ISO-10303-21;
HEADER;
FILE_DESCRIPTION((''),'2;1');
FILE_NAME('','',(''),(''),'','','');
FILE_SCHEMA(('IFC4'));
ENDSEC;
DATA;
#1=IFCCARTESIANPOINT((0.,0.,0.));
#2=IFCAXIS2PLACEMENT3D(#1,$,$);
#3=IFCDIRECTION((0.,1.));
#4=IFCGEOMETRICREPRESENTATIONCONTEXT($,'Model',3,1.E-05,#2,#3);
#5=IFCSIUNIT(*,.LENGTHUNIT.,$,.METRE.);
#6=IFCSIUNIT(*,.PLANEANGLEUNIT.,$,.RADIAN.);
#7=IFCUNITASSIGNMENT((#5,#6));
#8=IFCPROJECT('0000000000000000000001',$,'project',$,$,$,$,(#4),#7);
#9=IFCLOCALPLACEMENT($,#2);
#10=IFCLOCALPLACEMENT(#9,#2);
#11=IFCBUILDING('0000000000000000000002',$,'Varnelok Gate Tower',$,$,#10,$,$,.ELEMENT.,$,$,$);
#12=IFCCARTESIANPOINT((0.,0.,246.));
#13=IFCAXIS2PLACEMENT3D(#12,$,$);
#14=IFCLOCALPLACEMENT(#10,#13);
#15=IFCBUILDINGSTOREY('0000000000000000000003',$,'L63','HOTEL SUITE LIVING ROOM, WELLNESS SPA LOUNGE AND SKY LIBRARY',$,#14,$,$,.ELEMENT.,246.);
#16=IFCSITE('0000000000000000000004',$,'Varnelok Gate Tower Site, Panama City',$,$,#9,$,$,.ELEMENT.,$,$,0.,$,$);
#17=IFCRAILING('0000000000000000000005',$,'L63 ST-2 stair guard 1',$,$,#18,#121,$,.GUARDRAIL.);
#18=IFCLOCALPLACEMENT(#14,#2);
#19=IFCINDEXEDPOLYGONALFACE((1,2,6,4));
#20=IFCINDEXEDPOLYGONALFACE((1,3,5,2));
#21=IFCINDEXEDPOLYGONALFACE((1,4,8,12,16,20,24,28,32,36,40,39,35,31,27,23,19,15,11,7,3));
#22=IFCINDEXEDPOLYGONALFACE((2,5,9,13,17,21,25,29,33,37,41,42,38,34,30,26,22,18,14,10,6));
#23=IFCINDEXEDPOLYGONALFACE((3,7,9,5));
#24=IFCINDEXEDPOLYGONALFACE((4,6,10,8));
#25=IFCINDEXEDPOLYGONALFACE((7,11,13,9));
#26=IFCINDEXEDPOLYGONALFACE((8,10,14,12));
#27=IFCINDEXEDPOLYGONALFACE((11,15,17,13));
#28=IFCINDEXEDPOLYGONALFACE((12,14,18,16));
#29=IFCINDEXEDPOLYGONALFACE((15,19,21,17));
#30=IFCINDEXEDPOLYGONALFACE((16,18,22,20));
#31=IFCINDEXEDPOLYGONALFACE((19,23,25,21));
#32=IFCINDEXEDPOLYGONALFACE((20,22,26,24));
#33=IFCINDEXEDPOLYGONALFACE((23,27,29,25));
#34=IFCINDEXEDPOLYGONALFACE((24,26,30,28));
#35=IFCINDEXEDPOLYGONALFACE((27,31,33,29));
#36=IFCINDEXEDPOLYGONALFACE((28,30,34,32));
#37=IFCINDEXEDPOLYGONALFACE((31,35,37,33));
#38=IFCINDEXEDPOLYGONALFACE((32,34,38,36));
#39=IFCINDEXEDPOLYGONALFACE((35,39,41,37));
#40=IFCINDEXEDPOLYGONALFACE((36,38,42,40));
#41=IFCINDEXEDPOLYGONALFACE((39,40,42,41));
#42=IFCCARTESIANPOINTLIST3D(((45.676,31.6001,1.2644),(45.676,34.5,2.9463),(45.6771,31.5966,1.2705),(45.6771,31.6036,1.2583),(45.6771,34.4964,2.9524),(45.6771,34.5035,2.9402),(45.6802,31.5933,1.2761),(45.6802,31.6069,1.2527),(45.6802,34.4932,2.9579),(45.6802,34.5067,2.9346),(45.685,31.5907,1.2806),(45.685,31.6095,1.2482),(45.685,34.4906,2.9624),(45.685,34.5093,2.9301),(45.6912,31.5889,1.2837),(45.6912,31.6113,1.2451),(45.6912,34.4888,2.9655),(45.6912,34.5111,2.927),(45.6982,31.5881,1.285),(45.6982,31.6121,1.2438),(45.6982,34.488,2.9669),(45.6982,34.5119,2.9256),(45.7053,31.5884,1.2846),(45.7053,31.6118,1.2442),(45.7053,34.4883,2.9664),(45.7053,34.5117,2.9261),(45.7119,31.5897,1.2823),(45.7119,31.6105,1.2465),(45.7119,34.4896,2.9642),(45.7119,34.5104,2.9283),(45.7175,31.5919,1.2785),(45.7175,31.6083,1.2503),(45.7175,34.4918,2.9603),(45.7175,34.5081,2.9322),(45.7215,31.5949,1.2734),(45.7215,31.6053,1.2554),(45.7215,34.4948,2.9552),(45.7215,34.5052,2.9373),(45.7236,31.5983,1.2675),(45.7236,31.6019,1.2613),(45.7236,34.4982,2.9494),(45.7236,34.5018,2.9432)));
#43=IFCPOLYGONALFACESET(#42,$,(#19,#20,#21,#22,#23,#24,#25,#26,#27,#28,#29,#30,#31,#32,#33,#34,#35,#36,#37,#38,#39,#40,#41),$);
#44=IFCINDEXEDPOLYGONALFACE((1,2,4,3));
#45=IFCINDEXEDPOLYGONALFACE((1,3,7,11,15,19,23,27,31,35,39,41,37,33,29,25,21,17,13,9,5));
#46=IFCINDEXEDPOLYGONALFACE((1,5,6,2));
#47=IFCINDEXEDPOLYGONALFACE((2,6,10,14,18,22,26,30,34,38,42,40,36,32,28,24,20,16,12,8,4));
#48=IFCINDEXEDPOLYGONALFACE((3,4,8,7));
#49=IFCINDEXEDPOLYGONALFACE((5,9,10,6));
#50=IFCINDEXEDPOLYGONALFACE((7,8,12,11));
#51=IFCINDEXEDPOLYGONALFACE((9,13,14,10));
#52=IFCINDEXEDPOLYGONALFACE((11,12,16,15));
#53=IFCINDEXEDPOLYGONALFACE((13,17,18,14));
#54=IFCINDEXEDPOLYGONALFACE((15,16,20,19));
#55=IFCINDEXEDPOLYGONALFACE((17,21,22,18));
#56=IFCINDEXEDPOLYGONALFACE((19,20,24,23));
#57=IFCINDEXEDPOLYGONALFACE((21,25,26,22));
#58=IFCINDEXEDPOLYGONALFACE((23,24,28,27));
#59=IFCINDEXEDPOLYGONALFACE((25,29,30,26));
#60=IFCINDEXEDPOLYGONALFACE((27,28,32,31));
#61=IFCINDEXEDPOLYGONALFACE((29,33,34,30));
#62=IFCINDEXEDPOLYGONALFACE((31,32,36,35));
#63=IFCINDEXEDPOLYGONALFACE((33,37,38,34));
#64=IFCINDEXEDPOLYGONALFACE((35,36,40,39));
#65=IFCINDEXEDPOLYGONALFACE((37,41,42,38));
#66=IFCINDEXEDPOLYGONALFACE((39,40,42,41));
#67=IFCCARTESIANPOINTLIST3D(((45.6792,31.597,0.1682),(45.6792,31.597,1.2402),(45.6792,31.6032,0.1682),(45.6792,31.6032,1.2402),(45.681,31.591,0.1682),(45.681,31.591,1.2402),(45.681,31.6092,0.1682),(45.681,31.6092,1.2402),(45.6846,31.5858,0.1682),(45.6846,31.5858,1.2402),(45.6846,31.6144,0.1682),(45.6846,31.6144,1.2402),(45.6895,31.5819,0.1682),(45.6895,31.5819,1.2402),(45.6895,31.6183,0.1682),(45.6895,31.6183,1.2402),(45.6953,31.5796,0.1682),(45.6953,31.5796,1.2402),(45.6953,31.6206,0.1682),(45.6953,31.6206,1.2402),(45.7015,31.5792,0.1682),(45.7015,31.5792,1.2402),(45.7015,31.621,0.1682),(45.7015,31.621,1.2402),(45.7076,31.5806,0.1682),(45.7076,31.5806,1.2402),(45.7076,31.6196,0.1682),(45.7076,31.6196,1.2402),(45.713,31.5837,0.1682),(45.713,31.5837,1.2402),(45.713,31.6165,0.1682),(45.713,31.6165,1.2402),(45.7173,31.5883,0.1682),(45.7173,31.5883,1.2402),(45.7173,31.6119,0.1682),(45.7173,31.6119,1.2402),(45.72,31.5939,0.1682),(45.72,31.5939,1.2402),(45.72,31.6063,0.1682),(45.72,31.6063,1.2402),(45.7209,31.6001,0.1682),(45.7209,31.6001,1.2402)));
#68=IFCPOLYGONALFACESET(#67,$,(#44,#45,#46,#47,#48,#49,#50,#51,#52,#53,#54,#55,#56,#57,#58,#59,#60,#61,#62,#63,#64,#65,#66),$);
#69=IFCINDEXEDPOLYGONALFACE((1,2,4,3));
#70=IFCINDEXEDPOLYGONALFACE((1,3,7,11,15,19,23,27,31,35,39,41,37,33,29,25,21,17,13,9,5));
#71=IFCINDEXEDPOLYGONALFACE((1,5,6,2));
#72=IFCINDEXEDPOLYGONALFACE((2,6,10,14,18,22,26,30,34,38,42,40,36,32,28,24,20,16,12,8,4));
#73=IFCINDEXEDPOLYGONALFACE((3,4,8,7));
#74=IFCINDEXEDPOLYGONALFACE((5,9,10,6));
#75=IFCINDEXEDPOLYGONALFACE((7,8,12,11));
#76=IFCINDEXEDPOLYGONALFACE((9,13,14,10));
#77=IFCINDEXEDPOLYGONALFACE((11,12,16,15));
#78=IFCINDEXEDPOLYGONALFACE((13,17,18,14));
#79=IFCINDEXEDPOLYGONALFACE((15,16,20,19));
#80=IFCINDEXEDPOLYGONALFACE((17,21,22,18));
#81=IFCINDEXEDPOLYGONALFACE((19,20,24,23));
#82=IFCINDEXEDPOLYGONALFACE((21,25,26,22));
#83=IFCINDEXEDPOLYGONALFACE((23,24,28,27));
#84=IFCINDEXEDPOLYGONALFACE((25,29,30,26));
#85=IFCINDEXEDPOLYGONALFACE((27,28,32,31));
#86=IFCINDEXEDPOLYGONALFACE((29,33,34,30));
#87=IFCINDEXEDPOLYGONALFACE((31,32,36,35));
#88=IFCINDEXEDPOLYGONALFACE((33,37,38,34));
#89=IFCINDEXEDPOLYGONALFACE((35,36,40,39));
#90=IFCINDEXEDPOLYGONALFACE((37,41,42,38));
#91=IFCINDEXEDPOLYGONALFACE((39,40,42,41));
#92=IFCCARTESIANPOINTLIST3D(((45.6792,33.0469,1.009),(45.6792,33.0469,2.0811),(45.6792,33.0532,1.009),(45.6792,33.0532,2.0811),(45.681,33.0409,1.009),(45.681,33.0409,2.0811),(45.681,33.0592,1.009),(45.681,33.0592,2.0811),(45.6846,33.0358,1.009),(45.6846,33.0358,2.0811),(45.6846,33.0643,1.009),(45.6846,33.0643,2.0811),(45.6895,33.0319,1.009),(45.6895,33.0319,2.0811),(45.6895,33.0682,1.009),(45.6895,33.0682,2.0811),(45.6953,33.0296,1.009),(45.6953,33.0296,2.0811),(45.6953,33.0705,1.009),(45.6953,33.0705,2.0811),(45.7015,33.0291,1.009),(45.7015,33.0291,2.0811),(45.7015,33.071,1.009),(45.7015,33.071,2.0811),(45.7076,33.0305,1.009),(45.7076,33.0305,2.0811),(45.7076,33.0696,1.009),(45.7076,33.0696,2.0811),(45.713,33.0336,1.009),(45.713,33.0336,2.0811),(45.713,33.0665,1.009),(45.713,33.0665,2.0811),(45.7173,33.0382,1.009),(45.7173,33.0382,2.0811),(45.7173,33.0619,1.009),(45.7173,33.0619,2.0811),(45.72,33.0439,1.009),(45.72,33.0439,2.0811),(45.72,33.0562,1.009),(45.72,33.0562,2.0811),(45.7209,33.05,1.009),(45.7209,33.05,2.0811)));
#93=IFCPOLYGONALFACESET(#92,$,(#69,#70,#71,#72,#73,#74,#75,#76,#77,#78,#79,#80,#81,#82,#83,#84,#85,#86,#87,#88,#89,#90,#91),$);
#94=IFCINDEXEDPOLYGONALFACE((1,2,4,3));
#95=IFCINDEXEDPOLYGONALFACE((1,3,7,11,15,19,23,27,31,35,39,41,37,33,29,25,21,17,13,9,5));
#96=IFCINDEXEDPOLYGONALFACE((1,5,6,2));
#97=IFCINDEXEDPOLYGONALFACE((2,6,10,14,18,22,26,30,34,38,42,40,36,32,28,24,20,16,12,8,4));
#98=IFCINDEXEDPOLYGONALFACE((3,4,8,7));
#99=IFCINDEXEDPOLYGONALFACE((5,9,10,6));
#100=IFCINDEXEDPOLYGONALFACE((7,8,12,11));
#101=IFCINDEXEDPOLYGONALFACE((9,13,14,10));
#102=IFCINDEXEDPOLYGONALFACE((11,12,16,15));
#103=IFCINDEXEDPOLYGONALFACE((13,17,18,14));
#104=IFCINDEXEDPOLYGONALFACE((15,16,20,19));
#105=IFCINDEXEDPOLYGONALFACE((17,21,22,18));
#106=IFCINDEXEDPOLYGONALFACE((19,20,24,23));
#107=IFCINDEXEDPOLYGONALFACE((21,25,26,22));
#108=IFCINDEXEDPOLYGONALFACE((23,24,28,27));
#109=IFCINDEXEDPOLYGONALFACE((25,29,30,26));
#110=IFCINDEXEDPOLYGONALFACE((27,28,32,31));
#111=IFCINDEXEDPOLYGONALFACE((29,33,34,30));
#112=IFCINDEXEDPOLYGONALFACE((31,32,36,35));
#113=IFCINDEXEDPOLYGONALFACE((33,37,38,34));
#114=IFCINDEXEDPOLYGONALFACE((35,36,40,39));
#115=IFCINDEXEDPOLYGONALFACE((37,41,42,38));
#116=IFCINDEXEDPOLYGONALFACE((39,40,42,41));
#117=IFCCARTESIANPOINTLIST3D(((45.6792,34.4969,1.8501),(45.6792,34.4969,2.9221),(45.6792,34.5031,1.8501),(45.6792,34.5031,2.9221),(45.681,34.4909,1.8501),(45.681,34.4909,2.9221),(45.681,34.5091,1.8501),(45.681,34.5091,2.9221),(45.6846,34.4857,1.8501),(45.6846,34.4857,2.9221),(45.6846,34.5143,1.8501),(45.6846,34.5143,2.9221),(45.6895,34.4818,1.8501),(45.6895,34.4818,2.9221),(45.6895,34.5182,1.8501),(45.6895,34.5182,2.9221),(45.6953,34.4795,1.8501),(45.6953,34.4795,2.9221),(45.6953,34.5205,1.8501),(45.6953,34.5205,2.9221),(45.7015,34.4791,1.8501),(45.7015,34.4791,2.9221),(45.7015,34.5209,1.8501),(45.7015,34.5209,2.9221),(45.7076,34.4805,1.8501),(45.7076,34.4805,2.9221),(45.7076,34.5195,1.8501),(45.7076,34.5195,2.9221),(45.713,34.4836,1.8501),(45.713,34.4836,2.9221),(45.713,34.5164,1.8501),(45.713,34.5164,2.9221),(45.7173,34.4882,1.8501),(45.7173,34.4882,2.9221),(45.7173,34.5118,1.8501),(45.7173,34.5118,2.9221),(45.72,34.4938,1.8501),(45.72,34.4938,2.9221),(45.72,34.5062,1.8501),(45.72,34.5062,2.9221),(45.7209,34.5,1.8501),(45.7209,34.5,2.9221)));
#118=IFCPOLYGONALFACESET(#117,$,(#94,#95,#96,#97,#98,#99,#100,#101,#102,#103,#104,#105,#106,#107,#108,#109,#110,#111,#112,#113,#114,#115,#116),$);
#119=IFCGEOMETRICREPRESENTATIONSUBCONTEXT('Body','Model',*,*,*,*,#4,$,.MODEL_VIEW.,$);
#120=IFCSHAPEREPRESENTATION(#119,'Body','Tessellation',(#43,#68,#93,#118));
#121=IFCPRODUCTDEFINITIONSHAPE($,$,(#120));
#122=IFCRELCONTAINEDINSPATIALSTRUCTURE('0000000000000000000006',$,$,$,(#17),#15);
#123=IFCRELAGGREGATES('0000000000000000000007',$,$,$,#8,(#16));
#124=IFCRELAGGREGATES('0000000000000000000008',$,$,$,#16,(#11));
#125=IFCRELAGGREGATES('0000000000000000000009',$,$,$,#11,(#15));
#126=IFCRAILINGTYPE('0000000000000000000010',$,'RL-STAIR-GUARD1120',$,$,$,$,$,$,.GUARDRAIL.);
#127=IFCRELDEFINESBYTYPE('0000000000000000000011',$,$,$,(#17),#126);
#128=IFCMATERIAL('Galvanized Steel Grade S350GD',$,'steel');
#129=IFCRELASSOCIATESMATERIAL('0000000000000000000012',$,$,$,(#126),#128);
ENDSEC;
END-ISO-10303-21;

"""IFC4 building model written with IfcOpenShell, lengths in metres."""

from ifc_helpers import new_model, si_unit, direction, frame, origin, origin_2d, place, context, subcontext, project, spatial, circle, extrude, material, type_object, element, save


model = new_model("IFC4")

# Units and contexts
model_context = context("Model", 3, precision=1e-05, world=origin(), true_north=direction((0.0, 1.0)))
body_context = subcontext(model_context, "Body", "Model", "MODEL_VIEW")
ifc_project = project(units=[si_unit("LENGTHUNIT", "METRE"), si_unit("PLANEANGLEUNIT", "RADIAN")], contexts=[model_context])

# Site, building, storey
site_placement = place(None, origin())
site = spatial("IfcSite", under=ifc_project, at=site_placement, Name="Varnelok Gate Tower Site, Panama City", CompositionType="ELEMENT", RefElevation=0.0)
building_placement = place(site_placement, origin())
building = spatial("IfcBuilding", under=site, at=building_placement, Name="Varnelok Gate Tower", CompositionType="ELEMENT")
storey_placement = place(building_placement, frame((0.0, 0.0, 246.0)))
storey = spatial("IfcBuildingStorey", under=building, at=storey_placement, Name="L63", Description="HOTEL SUITE LIVING ROOM, WELLNESS SPA LOUNGE AND SKY LIBRARY", CompositionType="ELEMENT", Elevation=246.0)

# Shared definitions
ifc_material_1 = material(Name="Galvanized Steel Grade S350GD", Category="steel")

# Railing
railing_type_1 = type_object("IfcRailingType", Name="RL-STAIR-GUARD1120", PredefinedType="GUARDRAIL", material=ifc_material_1)
railing_1_placement = place(storey_placement, frame((45.7, 31.6001, 0.1682)))
element("IfcRailing", 1, at=railing_1_placement, inside=storey, type_object=railing_type_1, Name="L63 ST-2 stair guard 1", PredefinedType="GUARDRAIL", context=body_context, shape_type="SweptSolid", body=[
    extrude(circle(Radius=0.0239, at=origin_2d()), frame((0.0, 0.0, 1.0962), z_axis=(0.0, 0.865039, 0.501705), x_axis=(-1.0, 0.0, 0.0)), (0.0, 0.0, 1.0), 3.3523),
    extrude(circle(Radius=0.021, at=origin_2d()), origin(), (0.0, 0.0, 1.0), 1.072),
    extrude(circle(Radius=0.021, at=origin_2d()), frame((0.0, 1.45, 0.8408)), (0.0, 0.0, 1.0), 1.072),
    extrude(circle(Radius=0.021, at=origin_2d()), frame((0.0, 2.8999, 1.6819)), (0.0, 0.0, 1.0), 1.072),
])

save(model, "model.ifc")
